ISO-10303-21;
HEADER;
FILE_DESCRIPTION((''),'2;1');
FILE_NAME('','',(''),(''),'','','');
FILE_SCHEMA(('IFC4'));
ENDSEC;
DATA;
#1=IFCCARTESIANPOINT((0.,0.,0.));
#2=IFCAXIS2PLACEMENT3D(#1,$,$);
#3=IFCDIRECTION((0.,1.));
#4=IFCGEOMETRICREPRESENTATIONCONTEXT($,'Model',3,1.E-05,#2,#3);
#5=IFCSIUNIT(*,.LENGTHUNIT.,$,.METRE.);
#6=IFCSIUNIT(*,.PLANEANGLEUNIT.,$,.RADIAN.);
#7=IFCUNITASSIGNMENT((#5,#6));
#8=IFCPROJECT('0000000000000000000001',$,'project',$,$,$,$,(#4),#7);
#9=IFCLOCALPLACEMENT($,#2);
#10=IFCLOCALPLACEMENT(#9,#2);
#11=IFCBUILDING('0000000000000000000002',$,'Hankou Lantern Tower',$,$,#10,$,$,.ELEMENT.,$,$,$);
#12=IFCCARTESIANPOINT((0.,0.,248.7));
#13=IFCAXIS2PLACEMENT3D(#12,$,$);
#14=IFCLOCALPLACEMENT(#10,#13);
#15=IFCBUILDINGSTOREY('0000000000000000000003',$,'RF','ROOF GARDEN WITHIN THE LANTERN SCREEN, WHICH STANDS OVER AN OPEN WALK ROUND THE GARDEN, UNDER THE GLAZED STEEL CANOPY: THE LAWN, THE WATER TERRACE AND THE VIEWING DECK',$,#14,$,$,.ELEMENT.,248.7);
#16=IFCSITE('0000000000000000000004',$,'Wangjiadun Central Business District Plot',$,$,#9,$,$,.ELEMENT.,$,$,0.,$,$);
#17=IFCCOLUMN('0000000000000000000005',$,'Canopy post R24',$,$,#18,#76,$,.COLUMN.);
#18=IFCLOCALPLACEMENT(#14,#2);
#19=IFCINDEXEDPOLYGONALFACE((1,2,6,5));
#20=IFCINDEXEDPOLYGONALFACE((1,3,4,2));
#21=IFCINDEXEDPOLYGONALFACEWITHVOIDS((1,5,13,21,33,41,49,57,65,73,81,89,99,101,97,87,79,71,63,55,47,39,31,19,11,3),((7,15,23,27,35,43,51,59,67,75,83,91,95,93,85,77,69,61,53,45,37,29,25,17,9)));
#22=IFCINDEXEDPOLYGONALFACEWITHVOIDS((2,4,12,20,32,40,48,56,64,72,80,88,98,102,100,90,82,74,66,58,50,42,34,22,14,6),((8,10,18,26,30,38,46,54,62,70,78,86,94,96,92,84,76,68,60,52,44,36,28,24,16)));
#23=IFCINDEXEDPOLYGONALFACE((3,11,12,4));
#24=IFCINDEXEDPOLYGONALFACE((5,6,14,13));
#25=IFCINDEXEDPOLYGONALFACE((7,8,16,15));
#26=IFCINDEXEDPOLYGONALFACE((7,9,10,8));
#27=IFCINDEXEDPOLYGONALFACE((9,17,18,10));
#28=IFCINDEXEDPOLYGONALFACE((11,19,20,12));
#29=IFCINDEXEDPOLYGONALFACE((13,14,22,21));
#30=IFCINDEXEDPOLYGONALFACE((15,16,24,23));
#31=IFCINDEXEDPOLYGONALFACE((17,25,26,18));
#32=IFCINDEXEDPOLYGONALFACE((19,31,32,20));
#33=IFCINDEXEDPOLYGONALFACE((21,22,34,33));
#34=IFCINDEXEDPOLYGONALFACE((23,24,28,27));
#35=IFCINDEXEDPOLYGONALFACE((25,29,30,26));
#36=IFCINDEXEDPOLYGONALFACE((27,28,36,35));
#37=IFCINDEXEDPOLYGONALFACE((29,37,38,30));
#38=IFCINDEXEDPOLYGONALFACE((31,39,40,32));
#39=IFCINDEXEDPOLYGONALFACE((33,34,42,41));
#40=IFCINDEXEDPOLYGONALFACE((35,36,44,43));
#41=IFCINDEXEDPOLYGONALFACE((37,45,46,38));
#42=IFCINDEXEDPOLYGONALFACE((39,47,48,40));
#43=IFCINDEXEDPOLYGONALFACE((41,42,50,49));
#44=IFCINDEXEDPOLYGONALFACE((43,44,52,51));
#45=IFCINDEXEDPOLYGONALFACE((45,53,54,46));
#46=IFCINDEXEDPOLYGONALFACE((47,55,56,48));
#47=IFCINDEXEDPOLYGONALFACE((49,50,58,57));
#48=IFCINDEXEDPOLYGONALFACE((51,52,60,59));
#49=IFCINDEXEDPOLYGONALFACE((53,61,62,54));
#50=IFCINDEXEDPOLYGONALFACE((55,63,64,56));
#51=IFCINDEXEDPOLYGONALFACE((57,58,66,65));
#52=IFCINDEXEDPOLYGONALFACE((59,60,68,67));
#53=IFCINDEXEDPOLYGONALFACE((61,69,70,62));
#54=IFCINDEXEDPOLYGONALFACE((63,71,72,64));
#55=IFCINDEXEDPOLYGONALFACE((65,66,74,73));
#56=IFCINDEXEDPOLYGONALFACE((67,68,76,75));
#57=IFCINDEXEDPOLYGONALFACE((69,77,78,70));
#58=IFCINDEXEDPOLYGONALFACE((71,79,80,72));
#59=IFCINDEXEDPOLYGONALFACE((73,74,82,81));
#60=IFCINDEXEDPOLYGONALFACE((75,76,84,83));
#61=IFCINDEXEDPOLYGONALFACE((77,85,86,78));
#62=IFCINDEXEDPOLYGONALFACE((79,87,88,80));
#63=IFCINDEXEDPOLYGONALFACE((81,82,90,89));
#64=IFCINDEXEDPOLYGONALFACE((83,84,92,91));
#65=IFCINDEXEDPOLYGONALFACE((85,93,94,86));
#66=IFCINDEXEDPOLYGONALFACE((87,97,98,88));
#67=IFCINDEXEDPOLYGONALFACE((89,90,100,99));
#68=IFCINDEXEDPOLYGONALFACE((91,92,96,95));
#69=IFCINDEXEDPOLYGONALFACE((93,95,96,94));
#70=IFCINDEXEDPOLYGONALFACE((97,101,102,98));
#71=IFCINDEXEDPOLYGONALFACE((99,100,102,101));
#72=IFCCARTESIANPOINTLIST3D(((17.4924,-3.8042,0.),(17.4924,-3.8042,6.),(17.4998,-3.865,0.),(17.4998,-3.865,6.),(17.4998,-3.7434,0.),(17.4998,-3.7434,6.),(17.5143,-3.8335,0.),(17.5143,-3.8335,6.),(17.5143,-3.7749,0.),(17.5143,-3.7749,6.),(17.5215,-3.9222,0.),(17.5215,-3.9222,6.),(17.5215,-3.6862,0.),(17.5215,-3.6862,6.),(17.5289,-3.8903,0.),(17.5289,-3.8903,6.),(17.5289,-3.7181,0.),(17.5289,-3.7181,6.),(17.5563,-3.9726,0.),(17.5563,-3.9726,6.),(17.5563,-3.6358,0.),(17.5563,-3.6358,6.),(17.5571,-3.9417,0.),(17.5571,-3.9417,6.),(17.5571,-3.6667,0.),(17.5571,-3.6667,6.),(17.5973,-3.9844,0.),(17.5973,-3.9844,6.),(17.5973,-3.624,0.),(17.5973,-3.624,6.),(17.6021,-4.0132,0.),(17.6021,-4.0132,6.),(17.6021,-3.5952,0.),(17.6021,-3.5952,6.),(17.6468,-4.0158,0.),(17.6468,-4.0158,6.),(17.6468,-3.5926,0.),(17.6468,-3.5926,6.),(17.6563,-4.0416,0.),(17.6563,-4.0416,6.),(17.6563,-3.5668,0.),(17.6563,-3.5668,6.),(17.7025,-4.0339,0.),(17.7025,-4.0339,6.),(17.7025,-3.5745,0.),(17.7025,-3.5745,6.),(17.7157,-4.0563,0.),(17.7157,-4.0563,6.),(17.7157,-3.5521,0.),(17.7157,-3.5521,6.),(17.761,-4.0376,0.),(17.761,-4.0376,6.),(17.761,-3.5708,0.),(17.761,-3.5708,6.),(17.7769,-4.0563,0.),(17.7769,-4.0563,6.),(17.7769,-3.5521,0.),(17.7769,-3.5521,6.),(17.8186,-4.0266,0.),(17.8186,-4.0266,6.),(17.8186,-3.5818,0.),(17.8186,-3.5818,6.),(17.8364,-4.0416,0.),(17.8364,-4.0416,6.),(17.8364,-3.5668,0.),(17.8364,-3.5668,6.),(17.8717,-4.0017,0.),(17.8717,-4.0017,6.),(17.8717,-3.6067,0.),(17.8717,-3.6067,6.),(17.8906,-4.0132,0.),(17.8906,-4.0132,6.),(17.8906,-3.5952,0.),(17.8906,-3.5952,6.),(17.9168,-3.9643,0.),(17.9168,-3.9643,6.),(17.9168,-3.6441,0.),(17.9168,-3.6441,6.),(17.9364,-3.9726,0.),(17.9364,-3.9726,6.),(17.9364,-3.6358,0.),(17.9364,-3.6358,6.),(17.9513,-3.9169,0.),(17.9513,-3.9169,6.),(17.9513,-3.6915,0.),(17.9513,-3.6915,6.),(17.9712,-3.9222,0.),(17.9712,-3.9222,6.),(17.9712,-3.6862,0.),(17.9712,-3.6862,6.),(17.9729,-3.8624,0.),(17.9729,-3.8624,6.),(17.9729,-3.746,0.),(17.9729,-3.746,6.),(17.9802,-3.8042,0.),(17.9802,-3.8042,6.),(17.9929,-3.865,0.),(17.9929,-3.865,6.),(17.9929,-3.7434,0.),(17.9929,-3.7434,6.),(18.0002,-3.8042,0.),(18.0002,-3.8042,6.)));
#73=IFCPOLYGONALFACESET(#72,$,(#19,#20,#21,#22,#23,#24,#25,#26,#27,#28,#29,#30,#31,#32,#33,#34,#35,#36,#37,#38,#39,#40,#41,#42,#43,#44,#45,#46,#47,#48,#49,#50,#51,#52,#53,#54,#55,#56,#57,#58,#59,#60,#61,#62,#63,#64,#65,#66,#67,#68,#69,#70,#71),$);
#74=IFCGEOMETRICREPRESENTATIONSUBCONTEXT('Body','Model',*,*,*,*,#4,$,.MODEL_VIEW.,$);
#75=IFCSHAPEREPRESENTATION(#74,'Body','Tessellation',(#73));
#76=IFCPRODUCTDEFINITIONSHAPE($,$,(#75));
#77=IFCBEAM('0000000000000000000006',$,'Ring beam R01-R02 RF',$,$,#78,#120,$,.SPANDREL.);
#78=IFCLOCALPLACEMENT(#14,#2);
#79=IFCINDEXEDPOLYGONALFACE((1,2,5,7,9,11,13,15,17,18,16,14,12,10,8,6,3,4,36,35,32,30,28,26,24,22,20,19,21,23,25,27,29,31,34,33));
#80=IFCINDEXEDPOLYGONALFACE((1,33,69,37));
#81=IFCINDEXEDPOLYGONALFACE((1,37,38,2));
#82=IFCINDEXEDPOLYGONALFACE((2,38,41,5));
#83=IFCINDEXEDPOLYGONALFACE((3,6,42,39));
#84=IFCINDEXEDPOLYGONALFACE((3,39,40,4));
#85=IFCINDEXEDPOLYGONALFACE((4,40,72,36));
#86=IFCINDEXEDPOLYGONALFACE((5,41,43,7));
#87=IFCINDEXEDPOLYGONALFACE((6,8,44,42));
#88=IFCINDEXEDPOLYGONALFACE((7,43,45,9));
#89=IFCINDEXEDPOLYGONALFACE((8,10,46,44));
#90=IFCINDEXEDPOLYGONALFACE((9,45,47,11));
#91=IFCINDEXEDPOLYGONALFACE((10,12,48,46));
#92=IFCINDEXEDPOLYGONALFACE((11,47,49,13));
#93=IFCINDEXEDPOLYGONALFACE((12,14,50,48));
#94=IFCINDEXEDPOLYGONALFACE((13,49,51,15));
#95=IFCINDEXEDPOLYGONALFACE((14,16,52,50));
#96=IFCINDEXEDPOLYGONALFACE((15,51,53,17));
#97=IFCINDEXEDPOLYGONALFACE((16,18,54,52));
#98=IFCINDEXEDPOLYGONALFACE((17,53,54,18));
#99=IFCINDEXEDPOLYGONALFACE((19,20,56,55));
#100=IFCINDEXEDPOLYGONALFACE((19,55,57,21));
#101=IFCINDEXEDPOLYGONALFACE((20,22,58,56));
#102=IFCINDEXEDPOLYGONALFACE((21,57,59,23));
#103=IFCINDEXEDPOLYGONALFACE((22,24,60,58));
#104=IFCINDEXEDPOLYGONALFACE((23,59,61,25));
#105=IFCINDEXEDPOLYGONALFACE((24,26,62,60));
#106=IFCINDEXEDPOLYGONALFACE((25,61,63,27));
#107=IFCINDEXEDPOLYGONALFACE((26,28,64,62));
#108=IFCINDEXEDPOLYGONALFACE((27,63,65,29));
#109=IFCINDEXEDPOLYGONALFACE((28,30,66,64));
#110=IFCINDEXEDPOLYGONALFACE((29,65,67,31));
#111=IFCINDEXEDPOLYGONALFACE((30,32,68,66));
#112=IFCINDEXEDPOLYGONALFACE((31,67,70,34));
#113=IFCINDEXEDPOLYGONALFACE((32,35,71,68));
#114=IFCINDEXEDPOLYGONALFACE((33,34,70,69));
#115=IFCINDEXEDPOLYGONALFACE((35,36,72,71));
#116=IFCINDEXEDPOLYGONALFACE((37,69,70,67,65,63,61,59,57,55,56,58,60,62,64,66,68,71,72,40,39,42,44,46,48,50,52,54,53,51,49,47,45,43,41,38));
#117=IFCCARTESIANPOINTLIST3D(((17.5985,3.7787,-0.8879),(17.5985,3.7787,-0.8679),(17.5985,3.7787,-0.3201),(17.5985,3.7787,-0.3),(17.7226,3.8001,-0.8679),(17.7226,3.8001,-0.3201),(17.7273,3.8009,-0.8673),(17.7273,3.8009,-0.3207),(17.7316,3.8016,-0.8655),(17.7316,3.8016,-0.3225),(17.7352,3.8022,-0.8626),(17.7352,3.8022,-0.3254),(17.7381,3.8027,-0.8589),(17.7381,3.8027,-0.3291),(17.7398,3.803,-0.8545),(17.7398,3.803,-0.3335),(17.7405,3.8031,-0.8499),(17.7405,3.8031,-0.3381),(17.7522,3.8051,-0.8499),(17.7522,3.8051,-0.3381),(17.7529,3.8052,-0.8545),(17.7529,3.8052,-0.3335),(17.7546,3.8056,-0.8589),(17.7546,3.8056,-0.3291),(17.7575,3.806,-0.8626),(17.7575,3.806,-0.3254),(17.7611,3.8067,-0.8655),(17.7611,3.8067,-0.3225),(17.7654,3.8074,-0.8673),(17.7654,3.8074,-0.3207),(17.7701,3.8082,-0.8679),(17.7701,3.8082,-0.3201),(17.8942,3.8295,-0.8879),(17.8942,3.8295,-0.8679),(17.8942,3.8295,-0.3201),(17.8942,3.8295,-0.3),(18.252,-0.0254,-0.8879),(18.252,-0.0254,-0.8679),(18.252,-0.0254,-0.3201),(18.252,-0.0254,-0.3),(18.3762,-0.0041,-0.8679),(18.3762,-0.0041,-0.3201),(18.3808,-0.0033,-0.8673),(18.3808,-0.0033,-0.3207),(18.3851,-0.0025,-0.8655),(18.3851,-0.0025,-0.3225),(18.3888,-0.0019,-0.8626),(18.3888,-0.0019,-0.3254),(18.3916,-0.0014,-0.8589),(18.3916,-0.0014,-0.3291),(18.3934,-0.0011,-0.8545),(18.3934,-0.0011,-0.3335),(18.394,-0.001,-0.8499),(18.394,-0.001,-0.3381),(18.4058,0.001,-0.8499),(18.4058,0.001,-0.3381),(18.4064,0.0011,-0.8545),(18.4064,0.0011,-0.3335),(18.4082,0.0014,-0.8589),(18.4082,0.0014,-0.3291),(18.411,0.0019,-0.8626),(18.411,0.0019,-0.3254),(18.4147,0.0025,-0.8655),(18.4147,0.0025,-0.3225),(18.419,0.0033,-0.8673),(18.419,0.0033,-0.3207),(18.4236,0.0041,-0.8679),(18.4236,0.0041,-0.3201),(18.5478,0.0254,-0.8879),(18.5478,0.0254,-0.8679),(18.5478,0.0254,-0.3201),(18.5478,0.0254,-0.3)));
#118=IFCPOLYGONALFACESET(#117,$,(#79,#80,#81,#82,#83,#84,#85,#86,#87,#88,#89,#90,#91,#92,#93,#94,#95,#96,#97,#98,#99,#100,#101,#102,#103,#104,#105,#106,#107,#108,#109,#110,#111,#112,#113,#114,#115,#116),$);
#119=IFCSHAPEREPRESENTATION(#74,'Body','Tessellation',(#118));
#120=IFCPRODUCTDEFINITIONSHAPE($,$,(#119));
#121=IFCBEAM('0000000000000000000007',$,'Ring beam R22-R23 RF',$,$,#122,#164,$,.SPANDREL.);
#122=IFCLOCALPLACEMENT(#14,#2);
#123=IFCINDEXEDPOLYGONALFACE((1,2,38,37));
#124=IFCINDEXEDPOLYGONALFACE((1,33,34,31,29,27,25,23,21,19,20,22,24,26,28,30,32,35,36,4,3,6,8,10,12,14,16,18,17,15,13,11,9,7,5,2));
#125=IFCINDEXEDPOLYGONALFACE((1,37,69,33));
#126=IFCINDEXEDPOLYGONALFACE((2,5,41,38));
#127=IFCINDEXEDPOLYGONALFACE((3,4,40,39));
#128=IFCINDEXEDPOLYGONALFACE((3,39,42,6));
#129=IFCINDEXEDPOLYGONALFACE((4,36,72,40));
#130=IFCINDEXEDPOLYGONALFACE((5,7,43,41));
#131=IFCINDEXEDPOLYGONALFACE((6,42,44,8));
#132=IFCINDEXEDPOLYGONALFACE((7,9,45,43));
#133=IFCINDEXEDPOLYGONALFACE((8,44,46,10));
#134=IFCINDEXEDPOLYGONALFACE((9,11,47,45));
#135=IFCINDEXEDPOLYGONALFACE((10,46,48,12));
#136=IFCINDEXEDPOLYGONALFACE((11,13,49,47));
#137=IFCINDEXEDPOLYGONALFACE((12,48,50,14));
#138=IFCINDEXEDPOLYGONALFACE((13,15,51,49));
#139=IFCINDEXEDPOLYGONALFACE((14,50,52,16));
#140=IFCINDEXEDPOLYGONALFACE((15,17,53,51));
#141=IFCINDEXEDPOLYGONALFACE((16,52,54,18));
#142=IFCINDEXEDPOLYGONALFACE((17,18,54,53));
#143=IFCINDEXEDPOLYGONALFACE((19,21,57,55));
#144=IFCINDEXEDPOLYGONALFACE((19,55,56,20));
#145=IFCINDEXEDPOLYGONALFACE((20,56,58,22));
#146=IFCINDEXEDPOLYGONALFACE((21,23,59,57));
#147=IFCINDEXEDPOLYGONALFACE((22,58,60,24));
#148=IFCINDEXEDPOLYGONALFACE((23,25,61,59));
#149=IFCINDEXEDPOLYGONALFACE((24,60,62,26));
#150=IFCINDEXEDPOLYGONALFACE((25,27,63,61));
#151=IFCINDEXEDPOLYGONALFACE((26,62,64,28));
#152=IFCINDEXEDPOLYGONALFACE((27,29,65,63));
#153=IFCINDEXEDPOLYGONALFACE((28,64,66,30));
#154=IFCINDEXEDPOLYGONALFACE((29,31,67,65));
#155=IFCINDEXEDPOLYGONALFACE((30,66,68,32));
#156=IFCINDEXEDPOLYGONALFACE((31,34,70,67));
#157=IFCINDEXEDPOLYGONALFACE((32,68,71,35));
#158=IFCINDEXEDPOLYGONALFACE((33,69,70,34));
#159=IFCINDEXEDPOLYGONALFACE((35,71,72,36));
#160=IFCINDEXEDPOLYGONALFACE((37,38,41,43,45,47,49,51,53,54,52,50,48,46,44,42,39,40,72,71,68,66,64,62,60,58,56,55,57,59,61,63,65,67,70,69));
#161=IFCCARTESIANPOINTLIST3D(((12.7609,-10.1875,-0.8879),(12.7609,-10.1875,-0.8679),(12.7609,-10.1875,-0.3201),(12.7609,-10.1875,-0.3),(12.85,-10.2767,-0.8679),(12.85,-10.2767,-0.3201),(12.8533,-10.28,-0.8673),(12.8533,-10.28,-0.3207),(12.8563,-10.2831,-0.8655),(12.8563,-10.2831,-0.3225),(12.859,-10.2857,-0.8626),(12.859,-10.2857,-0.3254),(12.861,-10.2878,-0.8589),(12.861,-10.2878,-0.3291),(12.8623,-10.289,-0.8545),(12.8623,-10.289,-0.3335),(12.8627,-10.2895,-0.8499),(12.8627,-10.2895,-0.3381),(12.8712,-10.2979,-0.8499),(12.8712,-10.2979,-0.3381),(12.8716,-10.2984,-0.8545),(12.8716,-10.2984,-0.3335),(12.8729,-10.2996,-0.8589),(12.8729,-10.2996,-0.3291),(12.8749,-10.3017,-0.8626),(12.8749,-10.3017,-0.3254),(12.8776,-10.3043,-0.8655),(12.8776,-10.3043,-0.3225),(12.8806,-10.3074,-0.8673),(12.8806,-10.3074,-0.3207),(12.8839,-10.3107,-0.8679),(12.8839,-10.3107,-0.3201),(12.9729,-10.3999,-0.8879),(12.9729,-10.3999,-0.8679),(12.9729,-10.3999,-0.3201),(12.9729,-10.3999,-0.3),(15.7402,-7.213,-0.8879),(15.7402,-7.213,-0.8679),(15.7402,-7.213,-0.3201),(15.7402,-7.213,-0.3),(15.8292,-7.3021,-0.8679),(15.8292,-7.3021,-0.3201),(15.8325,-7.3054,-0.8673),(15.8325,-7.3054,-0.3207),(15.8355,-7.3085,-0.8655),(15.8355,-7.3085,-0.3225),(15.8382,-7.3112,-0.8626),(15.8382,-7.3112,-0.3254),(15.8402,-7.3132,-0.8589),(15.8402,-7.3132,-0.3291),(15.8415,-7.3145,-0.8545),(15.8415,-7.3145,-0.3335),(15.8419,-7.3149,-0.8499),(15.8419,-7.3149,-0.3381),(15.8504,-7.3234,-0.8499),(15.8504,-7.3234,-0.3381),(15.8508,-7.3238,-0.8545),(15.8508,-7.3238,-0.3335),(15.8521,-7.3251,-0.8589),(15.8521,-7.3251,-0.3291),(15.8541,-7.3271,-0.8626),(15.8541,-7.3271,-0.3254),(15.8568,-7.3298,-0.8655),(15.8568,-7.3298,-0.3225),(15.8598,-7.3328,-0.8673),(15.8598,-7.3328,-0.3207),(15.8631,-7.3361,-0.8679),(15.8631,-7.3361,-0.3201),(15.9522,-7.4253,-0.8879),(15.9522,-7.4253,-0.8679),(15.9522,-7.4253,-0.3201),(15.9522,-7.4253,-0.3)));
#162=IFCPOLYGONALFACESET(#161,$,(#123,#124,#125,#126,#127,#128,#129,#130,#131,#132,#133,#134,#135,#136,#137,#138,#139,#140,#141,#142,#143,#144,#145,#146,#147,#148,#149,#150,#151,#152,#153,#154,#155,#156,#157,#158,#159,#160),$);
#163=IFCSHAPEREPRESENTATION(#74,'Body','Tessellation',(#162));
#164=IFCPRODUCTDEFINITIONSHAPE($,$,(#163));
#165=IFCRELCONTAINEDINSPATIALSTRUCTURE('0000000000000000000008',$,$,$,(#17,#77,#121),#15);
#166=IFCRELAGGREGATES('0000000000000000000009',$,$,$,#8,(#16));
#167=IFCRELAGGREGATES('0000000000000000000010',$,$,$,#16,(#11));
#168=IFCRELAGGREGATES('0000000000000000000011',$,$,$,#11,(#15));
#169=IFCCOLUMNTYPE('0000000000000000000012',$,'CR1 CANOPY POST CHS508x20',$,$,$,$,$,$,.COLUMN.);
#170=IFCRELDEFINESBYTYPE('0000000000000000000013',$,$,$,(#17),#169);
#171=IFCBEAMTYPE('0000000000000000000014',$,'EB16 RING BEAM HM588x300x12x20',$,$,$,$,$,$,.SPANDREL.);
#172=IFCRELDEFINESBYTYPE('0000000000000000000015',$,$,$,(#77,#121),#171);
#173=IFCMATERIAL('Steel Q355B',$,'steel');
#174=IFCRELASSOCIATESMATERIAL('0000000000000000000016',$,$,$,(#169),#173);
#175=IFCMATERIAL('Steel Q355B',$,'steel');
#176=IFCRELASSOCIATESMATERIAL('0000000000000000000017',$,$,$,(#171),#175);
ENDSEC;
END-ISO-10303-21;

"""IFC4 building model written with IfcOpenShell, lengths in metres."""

from ifc_helpers import new_model, si_unit, direction, frame, origin, origin_2d, place, context, subcontext, project, spatial, hollow_circle, i_section, extrude, material, material_profile, profile_set, type_object, element, save


model = new_model("IFC4")

# Units and contexts
model_context = context("Model", 3, precision=1e-05, world=origin(), true_north=direction((0.0, 1.0)))
body_context = subcontext(model_context, "Body", "Model", "MODEL_VIEW")
ifc_project = project(units=[si_unit("LENGTHUNIT", "METRE"), si_unit("PLANEANGLEUNIT", "RADIAN")], contexts=[model_context])

# Site, building, storey
site_placement = place(None, origin())
site = spatial("IfcSite", under=ifc_project, at=site_placement, Name="Wangjiadun Central Business District Plot", CompositionType="ELEMENT", RefElevation=0.0)
building_placement = place(site_placement, origin())
building = spatial("IfcBuilding", under=site, at=building_placement, Name="Hankou Lantern Tower", CompositionType="ELEMENT")
storey_placement = place(building_placement, frame((0.0, 0.0, 248.7)))
storey = spatial("IfcBuildingStorey", under=building, at=storey_placement, Name="RF", Description="ROOF GARDEN WITHIN THE LANTERN SCREEN, WHICH STANDS OVER AN OPEN WALK ROUND THE GARDEN, UNDER THE GLAZED STEEL CANOPY: THE LAWN, THE WATER TERRACE AND THE VIEWING DECK", CompositionType="ELEMENT", Elevation=248.7)

# Column
ifc_material_1 = material(Name="Steel Q355B", Category="steel")
ifc_material_profile_1 = material_profile(ifc_material_1, hollow_circle(Radius=0.2539, WallThickness=0.02, at=origin_2d()), Name="CHS508x20")
ifc_profile_set_1 = profile_set([ifc_material_profile_1], Name="Steel Q355B")
column_type = type_object("IfcColumnType", Name="CR1 CANOPY POST CHS508x20", PredefinedType="COLUMN", material=ifc_profile_set_1)
for number, where, z_axis, x_axis, name in (
    (1, (17.7463, -3.8042, 0.0), (0.0, 0.0, 1.0), (1.0, 0.0, 0.0), "Canopy post R24"),
):
    element("IfcColumn", number, at=place(storey_placement, frame(where, z_axis=z_axis, x_axis=x_axis)), inside=storey, type_object=column_type, Name=name, PredefinedType="COLUMN", context=body_context, shape_type="SweptSolid", body=[
        extrude(hollow_circle(Radius=0.2539, WallThickness=0.02, at=origin_2d()), origin(), (0.0, 0.0, 1.0), 6.0),
    ])

# Beams
ifc_material_2 = material(Name="Steel Q355B", Category="steel")
ifc_material_profile_2 = material_profile(ifc_material_2, i_section(OverallWidth=0.3, OverallDepth=0.5879, WebThickness=0.012, FlangeThickness=0.02, FilletRadius=0.0181, at=origin_2d()), Name="HM588x300x12x20")
ifc_profile_set_2 = profile_set([ifc_material_profile_2], Name="Steel Q355B")
beam_type_1 = type_object("IfcBeamType", Name="EB16 RING BEAM HM588x300x12x20", PredefinedType="SPANDREL", material=ifc_profile_set_2)
beam_1_placement = place(storey_placement, frame((18.3999, 0.0, -0.594), z_axis=(-0.16932, 0.985561, 0.0), x_axis=(-0.985561, -0.16932, 0.0)))
element("IfcBeam", 2, at=beam_1_placement, inside=storey, type_object=beam_type_1, Name="Ring beam R01-R02 RF", PredefinedType="SPANDREL", context=body_context, shape_type="SweptSolid", body=[
    extrude(i_section(OverallWidth=0.3, OverallDepth=0.5879, WebThickness=0.012, FlangeThickness=0.02, FilletRadius=0.0181, at=origin_2d()), origin(), (0.0, 0.0, 1.0), 3.8599),
])
beam_2_placement = place(storey_placement, frame((12.8669, -10.2937, -0.594), z_axis=(0.707657, 0.706556, 0.0), x_axis=(-0.706556, 0.707657, 0.0)))
element("IfcBeam", 3, at=beam_2_placement, inside=storey, type_object=beam_type_1, Name="Ring beam R22-R23 RF", PredefinedType="SPANDREL", context=body_context, shape_type="SweptSolid", body=[
    extrude(i_section(OverallWidth=0.3, OverallDepth=0.5879, WebThickness=0.012, FlangeThickness=0.02, FilletRadius=0.0181, at=origin_2d()), origin(), (0.0, 0.0, 1.0), 4.21),
])

save(model, "model.ifc")
